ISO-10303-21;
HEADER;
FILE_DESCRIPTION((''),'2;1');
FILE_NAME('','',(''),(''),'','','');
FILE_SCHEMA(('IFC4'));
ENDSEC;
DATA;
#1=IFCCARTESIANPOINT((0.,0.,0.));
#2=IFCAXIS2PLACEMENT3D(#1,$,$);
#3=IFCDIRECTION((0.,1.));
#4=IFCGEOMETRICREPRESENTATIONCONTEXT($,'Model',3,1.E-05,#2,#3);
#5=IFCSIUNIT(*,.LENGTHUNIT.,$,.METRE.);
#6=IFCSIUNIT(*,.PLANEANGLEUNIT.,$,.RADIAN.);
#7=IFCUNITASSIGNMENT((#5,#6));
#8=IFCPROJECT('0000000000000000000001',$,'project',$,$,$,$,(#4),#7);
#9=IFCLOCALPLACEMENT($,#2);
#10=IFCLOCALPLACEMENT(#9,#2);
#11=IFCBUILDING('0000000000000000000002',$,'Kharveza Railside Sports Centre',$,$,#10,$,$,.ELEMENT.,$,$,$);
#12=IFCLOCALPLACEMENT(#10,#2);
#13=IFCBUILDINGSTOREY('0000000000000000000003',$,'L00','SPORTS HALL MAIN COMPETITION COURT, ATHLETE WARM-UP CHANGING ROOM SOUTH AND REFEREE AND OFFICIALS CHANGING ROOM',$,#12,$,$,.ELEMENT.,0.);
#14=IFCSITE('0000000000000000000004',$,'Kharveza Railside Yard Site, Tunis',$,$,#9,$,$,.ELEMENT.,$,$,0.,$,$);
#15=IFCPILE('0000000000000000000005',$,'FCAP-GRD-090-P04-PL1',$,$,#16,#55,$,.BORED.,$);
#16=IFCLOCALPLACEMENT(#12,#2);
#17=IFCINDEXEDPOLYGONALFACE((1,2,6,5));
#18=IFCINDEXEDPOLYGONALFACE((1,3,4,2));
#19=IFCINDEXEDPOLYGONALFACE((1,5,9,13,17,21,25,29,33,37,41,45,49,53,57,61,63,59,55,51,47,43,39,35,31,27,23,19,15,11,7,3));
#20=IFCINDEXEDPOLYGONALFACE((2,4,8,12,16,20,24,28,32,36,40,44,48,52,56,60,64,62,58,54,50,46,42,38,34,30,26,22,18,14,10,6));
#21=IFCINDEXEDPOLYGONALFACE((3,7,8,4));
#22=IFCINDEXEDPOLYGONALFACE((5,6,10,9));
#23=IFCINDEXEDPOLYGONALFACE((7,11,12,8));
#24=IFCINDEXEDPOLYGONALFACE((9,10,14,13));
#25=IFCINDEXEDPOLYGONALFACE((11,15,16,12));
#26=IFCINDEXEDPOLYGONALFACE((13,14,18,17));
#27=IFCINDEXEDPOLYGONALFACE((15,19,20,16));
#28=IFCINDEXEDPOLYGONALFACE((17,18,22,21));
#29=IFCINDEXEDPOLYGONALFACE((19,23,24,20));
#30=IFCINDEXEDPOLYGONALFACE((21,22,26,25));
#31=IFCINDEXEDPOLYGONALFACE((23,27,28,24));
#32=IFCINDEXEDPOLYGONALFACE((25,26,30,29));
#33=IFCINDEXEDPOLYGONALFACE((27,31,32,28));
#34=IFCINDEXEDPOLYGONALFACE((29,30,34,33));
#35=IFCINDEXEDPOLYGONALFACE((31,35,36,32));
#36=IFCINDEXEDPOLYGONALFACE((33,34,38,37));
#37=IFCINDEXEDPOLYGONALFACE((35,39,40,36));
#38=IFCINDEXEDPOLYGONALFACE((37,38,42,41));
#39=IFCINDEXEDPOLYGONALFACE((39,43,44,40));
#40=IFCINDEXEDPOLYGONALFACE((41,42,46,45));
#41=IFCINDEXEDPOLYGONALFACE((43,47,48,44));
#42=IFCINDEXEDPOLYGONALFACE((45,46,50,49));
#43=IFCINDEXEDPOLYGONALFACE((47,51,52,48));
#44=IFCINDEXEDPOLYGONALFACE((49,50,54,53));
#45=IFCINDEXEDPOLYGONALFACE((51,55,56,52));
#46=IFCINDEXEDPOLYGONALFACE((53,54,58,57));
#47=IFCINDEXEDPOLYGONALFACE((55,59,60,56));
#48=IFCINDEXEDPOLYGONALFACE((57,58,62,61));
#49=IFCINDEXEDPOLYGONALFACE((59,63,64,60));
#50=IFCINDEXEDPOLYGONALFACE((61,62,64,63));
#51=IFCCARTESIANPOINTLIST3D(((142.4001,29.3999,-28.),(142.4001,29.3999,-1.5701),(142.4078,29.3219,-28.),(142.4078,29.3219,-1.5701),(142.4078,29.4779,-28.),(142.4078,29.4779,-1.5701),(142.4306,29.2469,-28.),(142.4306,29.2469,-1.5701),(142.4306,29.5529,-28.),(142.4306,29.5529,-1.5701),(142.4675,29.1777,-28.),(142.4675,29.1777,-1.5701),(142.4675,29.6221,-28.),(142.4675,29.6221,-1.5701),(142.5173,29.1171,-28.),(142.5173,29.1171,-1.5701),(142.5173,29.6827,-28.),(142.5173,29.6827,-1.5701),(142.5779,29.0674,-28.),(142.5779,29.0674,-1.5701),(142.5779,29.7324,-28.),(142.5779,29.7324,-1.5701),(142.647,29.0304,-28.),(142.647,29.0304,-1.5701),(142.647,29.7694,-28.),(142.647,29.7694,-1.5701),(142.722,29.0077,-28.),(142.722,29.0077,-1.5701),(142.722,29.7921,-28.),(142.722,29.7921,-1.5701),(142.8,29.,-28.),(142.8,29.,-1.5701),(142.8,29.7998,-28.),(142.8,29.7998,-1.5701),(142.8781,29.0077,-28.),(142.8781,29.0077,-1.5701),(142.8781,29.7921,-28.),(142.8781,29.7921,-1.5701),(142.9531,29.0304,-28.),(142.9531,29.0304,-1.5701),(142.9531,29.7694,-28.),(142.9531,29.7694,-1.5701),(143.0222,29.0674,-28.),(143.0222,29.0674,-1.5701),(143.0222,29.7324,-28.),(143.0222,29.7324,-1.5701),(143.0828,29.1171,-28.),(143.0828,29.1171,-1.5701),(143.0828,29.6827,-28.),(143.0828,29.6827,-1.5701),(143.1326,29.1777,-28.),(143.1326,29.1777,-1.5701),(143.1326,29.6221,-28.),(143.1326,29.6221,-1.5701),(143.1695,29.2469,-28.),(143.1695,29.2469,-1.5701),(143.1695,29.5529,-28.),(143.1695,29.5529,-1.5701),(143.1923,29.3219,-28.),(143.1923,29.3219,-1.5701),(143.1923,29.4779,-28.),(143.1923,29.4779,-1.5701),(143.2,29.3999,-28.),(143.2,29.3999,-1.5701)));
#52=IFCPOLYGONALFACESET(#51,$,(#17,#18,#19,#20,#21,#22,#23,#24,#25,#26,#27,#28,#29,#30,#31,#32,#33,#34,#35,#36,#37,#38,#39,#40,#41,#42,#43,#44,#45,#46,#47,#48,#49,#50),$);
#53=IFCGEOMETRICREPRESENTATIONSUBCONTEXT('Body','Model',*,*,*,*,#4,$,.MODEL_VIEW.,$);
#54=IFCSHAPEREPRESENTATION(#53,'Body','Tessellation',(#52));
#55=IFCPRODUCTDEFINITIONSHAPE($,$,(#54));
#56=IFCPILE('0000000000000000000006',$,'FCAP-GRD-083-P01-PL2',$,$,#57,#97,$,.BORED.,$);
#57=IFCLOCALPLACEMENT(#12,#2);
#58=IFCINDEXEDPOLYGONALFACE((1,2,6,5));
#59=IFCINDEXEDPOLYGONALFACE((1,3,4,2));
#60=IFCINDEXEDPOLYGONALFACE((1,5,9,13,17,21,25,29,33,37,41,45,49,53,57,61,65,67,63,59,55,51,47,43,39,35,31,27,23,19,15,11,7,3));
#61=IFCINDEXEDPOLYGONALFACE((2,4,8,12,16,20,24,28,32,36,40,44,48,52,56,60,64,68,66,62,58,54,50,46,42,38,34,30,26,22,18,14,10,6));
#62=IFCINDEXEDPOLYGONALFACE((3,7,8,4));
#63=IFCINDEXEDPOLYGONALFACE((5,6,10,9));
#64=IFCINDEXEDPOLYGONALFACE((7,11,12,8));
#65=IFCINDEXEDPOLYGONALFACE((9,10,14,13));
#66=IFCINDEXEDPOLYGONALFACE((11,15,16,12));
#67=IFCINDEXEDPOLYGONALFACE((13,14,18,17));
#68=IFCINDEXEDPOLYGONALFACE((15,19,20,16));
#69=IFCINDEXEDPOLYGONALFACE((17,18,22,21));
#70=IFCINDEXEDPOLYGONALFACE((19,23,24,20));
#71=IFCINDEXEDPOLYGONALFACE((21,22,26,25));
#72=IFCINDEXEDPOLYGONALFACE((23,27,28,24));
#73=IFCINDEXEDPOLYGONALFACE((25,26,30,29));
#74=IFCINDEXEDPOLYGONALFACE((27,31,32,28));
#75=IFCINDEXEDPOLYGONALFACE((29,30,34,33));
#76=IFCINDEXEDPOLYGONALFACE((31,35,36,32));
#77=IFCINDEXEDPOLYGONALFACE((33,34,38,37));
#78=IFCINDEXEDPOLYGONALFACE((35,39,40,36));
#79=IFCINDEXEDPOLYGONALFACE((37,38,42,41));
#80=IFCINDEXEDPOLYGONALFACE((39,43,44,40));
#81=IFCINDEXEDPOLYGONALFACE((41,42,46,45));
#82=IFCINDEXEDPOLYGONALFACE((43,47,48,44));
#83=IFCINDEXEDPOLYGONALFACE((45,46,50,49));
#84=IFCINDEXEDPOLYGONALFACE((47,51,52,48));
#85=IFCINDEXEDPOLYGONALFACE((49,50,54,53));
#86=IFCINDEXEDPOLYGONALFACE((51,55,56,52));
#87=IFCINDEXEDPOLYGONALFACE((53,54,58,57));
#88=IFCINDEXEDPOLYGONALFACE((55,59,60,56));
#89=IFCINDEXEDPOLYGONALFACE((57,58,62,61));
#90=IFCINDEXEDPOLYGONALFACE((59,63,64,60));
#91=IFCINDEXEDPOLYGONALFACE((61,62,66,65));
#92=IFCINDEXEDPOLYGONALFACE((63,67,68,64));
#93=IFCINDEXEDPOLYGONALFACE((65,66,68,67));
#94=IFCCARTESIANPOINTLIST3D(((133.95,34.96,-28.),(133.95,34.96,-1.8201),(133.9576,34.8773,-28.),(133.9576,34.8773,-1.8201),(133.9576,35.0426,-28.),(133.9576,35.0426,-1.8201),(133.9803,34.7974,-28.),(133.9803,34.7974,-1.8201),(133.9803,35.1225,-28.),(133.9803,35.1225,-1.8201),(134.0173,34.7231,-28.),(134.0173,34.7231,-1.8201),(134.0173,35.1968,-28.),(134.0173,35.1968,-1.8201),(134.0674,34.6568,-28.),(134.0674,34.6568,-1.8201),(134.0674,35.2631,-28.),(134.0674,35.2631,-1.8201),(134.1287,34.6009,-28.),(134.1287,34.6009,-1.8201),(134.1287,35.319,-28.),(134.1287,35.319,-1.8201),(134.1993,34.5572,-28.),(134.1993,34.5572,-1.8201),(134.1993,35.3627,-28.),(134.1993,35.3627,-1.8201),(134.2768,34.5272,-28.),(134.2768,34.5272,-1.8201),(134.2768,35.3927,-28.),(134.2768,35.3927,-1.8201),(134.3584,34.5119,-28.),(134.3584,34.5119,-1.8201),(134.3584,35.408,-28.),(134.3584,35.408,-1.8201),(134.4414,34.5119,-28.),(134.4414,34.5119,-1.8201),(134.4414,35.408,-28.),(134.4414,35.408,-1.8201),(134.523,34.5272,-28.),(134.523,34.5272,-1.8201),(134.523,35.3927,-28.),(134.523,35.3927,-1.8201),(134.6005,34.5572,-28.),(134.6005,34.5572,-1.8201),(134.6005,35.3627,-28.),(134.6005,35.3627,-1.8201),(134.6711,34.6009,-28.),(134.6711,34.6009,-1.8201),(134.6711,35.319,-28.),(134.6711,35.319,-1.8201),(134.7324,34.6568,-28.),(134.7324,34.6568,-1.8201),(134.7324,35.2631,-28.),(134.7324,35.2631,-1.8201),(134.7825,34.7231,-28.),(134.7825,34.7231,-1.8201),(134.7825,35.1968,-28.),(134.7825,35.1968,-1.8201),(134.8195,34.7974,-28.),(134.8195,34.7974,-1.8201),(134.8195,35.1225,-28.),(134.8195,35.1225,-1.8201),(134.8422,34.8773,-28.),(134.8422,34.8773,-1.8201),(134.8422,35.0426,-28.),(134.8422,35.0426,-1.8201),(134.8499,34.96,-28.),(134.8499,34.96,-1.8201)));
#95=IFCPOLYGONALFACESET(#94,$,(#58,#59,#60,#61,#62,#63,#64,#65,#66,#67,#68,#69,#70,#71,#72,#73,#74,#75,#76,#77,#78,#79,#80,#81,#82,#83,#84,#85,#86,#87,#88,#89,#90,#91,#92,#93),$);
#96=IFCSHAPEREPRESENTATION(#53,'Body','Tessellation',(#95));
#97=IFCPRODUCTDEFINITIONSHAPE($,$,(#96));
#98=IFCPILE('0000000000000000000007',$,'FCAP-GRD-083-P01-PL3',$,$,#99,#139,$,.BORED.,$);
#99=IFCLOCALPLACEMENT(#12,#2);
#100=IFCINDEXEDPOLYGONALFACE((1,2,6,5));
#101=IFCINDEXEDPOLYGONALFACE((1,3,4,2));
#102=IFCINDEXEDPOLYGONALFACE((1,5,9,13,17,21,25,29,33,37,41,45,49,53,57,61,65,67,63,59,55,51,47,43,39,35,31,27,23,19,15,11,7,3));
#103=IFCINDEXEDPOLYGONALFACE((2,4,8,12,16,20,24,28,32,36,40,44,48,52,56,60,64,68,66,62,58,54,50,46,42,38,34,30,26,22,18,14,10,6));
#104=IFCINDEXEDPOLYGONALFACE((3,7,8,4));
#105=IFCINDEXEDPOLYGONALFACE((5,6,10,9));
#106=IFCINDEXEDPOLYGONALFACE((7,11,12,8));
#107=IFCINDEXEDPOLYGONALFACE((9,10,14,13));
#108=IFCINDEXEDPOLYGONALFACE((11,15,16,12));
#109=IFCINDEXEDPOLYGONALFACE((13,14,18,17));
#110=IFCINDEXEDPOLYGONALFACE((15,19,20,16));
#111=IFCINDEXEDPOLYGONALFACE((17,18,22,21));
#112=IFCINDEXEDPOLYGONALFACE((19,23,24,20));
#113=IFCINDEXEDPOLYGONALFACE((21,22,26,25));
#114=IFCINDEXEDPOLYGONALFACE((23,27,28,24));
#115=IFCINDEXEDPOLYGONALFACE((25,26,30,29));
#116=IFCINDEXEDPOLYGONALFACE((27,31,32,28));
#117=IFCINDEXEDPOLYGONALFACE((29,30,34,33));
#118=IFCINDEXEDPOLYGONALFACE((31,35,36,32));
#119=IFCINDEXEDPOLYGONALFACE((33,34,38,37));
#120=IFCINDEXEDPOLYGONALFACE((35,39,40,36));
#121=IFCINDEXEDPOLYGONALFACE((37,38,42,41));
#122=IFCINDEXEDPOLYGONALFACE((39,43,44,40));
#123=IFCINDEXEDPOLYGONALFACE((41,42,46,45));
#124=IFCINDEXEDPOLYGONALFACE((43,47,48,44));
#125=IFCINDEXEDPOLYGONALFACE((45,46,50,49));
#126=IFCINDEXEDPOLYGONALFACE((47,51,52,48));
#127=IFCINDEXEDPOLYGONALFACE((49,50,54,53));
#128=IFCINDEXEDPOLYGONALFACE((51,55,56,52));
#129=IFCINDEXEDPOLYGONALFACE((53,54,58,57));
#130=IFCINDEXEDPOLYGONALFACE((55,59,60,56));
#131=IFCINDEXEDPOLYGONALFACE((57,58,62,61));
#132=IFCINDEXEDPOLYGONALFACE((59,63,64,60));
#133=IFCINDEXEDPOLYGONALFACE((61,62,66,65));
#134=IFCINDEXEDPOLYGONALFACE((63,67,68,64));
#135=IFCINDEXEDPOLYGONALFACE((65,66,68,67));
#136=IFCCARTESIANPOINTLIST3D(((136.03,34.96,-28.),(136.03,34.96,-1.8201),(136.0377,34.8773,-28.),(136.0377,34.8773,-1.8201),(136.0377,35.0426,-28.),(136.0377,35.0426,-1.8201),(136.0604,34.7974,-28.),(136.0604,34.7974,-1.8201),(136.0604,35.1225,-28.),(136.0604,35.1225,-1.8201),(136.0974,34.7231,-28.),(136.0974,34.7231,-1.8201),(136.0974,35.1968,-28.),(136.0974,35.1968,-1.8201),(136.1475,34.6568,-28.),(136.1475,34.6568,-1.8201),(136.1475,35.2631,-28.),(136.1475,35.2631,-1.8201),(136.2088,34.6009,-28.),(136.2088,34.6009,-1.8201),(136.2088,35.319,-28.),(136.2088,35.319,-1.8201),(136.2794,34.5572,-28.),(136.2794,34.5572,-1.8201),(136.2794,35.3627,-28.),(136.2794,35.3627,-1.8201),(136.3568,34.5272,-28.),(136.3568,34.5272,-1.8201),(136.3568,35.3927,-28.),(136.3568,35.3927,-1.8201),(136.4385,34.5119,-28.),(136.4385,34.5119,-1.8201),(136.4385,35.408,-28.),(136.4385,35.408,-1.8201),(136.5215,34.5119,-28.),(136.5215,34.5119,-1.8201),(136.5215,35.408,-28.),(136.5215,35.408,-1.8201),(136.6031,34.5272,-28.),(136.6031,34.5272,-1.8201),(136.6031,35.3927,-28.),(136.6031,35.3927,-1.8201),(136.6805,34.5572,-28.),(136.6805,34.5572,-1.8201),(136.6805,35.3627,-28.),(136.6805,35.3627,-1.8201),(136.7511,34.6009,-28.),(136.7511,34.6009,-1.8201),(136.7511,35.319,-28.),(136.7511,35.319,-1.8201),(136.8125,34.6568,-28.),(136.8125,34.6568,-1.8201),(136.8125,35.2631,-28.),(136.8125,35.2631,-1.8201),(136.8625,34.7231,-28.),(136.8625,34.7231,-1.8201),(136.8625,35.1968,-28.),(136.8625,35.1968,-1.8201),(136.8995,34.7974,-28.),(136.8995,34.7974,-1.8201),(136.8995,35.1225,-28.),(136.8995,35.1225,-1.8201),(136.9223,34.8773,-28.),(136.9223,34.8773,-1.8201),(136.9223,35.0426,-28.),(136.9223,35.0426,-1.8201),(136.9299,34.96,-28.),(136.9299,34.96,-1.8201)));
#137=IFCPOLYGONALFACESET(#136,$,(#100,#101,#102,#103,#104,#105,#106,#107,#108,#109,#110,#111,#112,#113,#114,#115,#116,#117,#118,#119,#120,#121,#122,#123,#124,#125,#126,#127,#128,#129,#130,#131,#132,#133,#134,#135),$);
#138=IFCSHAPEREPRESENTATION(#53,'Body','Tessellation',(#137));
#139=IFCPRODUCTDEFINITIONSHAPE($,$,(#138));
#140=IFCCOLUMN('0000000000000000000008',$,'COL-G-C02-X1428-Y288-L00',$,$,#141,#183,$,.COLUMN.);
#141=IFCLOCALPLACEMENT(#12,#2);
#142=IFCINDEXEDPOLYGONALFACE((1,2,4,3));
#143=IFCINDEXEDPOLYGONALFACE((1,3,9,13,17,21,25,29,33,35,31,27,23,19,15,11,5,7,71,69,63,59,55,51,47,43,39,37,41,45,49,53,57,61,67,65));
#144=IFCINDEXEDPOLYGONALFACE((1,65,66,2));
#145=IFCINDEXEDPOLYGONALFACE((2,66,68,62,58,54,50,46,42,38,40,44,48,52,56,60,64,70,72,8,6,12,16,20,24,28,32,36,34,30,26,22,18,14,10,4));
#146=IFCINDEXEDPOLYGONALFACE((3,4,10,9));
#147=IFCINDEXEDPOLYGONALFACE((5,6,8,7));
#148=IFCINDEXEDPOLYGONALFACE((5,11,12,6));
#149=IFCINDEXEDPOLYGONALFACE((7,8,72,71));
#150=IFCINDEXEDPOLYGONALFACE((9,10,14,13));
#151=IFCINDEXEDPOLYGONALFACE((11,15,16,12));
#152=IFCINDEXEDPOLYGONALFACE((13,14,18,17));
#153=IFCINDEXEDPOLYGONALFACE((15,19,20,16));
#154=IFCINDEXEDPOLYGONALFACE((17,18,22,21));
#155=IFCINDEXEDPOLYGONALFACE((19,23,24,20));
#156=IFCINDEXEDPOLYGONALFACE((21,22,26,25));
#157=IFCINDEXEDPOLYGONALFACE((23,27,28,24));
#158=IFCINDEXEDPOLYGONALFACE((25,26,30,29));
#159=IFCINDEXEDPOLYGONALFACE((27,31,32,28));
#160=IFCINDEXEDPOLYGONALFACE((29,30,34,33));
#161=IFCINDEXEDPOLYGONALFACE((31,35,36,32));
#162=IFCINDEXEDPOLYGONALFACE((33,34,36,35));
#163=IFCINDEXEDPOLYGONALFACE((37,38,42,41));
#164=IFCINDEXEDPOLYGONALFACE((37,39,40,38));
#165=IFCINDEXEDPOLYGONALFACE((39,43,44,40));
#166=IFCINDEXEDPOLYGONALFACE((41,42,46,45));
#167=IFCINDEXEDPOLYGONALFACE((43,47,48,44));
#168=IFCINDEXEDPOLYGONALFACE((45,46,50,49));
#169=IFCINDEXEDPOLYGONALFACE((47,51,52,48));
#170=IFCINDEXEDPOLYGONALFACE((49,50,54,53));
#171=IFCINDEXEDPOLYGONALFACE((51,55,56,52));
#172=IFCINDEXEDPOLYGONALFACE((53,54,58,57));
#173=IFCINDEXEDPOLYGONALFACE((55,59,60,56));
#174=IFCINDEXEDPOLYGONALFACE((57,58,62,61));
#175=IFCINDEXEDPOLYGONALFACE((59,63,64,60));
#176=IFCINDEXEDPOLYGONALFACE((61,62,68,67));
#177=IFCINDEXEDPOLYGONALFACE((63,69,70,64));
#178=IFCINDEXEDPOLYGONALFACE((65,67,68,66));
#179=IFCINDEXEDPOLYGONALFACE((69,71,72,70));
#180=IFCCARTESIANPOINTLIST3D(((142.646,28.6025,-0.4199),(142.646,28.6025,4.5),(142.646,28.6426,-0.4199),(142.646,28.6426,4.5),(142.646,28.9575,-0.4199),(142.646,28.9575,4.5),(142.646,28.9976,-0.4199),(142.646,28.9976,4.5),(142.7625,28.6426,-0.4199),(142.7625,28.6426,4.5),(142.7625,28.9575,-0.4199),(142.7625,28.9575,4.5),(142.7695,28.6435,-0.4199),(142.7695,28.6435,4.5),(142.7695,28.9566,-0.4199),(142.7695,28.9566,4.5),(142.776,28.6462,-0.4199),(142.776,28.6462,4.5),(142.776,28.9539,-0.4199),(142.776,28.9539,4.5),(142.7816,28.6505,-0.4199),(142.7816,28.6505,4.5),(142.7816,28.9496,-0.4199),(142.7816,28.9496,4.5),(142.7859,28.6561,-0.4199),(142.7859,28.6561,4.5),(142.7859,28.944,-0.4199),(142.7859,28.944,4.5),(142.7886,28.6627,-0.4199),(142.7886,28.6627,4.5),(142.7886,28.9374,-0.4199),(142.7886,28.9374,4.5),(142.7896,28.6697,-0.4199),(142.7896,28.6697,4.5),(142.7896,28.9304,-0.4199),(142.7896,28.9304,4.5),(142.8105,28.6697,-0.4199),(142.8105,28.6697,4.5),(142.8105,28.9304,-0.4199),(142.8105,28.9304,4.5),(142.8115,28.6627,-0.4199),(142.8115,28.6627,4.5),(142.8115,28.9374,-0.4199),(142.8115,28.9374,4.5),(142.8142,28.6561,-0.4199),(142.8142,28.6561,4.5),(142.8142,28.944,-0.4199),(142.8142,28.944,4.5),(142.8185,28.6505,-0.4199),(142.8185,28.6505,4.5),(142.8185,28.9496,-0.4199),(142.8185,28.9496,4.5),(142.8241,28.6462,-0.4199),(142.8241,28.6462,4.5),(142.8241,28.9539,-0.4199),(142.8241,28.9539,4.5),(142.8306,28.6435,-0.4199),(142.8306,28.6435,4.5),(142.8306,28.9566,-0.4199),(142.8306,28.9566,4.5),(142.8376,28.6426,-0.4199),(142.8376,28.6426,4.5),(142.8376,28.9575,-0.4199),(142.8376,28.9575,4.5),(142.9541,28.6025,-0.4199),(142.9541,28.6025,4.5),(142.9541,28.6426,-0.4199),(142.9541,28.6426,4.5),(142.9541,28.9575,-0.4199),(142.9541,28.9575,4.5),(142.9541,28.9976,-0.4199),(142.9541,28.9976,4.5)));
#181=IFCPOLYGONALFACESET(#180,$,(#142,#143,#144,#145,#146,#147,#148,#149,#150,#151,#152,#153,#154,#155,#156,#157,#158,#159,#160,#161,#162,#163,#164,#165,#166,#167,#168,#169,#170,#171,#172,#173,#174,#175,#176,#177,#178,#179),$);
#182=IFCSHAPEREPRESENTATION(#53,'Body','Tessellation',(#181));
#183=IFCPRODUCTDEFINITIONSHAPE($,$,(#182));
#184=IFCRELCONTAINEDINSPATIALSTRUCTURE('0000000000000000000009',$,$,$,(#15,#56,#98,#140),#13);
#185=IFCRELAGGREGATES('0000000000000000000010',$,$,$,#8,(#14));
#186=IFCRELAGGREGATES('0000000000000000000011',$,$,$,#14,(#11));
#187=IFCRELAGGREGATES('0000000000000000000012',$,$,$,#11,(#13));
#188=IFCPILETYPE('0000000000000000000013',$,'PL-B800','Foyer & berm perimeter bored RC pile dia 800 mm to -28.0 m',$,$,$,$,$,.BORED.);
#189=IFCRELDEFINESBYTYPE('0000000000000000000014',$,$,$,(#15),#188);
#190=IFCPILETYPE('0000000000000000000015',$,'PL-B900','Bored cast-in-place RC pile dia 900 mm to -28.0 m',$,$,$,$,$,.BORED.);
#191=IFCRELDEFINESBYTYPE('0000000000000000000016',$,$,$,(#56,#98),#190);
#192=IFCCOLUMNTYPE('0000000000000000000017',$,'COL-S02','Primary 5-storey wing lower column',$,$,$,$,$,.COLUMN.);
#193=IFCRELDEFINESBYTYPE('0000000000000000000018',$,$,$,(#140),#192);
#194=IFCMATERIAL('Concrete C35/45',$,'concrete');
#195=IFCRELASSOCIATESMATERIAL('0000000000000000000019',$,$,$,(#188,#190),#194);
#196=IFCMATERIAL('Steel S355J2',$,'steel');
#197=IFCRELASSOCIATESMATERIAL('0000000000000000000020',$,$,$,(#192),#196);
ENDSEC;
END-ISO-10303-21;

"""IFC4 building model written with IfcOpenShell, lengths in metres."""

from ifc_helpers import new_model, si_unit, direction, frame, origin, origin_2d, place, context, subcontext, project, spatial, circle, i_section, extrude, material, material_profile, profile_set, type_object, element, save


model = new_model("IFC4")

# Units and contexts
model_context = context("Model", 3, precision=1e-05, world=origin(), true_north=direction((0.0, 1.0)))
body_context = subcontext(model_context, "Body", "Model", "MODEL_VIEW")
ifc_project = project(units=[si_unit("LENGTHUNIT", "METRE"), si_unit("PLANEANGLEUNIT", "RADIAN")], contexts=[model_context])

# Site, building, storey
site_placement = place(None, origin())
site = spatial("IfcSite", under=ifc_project, at=site_placement, Name="Kharveza Railside Yard Site, Tunis", CompositionType="ELEMENT", RefElevation=0.0)
building_placement = place(site_placement, origin())
building = spatial("IfcBuilding", under=site, at=building_placement, Name="Kharveza Railside Sports Centre", CompositionType="ELEMENT")
storey_placement = place(building_placement, origin())
storey = spatial("IfcBuildingStorey", under=building, at=storey_placement, Name="L00", Description="SPORTS HALL MAIN COMPETITION COURT, ATHLETE WARM-UP CHANGING ROOM SOUTH AND REFEREE AND OFFICIALS CHANGING ROOM", CompositionType="ELEMENT", Elevation=0.0)

# Shared definitions
ifc_material_1 = material(Name="Concrete C35/45", Category="concrete")

# Piles
ifc_material_profile_1 = material_profile(ifc_material_1, circle(Radius=0.3999, at=origin_2d()), Name="PILE D800")
ifc_profile_set_1 = profile_set([ifc_material_profile_1], Name="Concrete C35/45")
pile_type_1 = type_object("IfcPileType", Name="PL-B800", Description="Foyer & berm perimeter bored RC pile dia 800 mm to -28.0 m", PredefinedType="BORED", material=ifc_profile_set_1)
pile_placement = place(storey_placement, frame((142.8, 29.3999, -1.5701), z_axis=(0.0, 0.0, -1.0), x_axis=(1.0, 0.0, 0.0)))
element("IfcPile", 1, at=pile_placement, inside=storey, type_object=pile_type_1, Name="FCAP-GRD-090-P04-PL1", PredefinedType="BORED", context=body_context, shape_type="SweptSolid", body=[
    extrude(circle(Radius=0.3999, at=origin_2d()), origin(), (0.0, 0.0, 1.0), 26.4299),
])
ifc_material_profile_2 = material_profile(ifc_material_1, circle(Radius=0.45, at=origin_2d()), Name="PILE D900")
ifc_profile_set_2 = profile_set([ifc_material_profile_2], Name="Concrete C35/45")
pile_type_2 = type_object("IfcPileType", Name="PL-B900", Description="Bored cast-in-place RC pile dia 900 mm to -28.0 m", PredefinedType="BORED", material=ifc_profile_set_2)
for number, where, z_axis, x_axis, name in (
    (2, (134.3999, 34.96, -1.8201), (0.0, 0.0, -1.0), (1.0, 0.0, 0.0), "FCAP-GRD-083-P01-PL2"),
    (3, (136.48, 34.96, -1.8201), (0.0, 0.0, -1.0), (1.0, 0.0, 0.0), "FCAP-GRD-083-P01-PL3"),
):
    element("IfcPile", number, at=place(storey_placement, frame(where, z_axis=z_axis, x_axis=x_axis)), inside=storey, type_object=pile_type_2, Name=name, PredefinedType="BORED", context=body_context, shape_type="SweptSolid", body=[
        extrude(circle(Radius=0.45, at=origin_2d()), origin(), (0.0, 0.0, 1.0), 26.1799),
    ])

# Column
ifc_material_2 = material(Name="Steel S355J2", Category="steel")
ifc_material_profile_3 = material_profile(ifc_material_2, i_section(OverallWidth=0.3081, OverallDepth=0.395, WebThickness=0.021, FlangeThickness=0.04, FilletRadius=0.0271, at=origin_2d()), Name="HEM 360")
ifc_profile_set_3 = profile_set([ifc_material_profile_3], Name="Steel S355J2")
column_type_1 = type_object("IfcColumnType", Name="COL-S02", Description="Primary 5-storey wing lower column", PredefinedType="COLUMN", material=ifc_profile_set_3)
column_1_placement = place(storey_placement, frame((142.8, 28.8, -0.4199), z_axis=(0.0, 0.0, 1.0), x_axis=(1.0, 0.0, 0.0)))
element("IfcColumn", 4, at=column_1_placement, inside=storey, type_object=column_type_1, Name="COL-G-C02-X1428-Y288-L00", PredefinedType="COLUMN", context=body_context, shape_type="SweptSolid", body=[
    extrude(i_section(OverallWidth=0.3081, OverallDepth=0.395, WebThickness=0.021, FlangeThickness=0.04, FilletRadius=0.0271, at=origin_2d()), origin(), (0.0, 0.0, 1.0), 4.9199),
])

save(model, "model.ifc")
